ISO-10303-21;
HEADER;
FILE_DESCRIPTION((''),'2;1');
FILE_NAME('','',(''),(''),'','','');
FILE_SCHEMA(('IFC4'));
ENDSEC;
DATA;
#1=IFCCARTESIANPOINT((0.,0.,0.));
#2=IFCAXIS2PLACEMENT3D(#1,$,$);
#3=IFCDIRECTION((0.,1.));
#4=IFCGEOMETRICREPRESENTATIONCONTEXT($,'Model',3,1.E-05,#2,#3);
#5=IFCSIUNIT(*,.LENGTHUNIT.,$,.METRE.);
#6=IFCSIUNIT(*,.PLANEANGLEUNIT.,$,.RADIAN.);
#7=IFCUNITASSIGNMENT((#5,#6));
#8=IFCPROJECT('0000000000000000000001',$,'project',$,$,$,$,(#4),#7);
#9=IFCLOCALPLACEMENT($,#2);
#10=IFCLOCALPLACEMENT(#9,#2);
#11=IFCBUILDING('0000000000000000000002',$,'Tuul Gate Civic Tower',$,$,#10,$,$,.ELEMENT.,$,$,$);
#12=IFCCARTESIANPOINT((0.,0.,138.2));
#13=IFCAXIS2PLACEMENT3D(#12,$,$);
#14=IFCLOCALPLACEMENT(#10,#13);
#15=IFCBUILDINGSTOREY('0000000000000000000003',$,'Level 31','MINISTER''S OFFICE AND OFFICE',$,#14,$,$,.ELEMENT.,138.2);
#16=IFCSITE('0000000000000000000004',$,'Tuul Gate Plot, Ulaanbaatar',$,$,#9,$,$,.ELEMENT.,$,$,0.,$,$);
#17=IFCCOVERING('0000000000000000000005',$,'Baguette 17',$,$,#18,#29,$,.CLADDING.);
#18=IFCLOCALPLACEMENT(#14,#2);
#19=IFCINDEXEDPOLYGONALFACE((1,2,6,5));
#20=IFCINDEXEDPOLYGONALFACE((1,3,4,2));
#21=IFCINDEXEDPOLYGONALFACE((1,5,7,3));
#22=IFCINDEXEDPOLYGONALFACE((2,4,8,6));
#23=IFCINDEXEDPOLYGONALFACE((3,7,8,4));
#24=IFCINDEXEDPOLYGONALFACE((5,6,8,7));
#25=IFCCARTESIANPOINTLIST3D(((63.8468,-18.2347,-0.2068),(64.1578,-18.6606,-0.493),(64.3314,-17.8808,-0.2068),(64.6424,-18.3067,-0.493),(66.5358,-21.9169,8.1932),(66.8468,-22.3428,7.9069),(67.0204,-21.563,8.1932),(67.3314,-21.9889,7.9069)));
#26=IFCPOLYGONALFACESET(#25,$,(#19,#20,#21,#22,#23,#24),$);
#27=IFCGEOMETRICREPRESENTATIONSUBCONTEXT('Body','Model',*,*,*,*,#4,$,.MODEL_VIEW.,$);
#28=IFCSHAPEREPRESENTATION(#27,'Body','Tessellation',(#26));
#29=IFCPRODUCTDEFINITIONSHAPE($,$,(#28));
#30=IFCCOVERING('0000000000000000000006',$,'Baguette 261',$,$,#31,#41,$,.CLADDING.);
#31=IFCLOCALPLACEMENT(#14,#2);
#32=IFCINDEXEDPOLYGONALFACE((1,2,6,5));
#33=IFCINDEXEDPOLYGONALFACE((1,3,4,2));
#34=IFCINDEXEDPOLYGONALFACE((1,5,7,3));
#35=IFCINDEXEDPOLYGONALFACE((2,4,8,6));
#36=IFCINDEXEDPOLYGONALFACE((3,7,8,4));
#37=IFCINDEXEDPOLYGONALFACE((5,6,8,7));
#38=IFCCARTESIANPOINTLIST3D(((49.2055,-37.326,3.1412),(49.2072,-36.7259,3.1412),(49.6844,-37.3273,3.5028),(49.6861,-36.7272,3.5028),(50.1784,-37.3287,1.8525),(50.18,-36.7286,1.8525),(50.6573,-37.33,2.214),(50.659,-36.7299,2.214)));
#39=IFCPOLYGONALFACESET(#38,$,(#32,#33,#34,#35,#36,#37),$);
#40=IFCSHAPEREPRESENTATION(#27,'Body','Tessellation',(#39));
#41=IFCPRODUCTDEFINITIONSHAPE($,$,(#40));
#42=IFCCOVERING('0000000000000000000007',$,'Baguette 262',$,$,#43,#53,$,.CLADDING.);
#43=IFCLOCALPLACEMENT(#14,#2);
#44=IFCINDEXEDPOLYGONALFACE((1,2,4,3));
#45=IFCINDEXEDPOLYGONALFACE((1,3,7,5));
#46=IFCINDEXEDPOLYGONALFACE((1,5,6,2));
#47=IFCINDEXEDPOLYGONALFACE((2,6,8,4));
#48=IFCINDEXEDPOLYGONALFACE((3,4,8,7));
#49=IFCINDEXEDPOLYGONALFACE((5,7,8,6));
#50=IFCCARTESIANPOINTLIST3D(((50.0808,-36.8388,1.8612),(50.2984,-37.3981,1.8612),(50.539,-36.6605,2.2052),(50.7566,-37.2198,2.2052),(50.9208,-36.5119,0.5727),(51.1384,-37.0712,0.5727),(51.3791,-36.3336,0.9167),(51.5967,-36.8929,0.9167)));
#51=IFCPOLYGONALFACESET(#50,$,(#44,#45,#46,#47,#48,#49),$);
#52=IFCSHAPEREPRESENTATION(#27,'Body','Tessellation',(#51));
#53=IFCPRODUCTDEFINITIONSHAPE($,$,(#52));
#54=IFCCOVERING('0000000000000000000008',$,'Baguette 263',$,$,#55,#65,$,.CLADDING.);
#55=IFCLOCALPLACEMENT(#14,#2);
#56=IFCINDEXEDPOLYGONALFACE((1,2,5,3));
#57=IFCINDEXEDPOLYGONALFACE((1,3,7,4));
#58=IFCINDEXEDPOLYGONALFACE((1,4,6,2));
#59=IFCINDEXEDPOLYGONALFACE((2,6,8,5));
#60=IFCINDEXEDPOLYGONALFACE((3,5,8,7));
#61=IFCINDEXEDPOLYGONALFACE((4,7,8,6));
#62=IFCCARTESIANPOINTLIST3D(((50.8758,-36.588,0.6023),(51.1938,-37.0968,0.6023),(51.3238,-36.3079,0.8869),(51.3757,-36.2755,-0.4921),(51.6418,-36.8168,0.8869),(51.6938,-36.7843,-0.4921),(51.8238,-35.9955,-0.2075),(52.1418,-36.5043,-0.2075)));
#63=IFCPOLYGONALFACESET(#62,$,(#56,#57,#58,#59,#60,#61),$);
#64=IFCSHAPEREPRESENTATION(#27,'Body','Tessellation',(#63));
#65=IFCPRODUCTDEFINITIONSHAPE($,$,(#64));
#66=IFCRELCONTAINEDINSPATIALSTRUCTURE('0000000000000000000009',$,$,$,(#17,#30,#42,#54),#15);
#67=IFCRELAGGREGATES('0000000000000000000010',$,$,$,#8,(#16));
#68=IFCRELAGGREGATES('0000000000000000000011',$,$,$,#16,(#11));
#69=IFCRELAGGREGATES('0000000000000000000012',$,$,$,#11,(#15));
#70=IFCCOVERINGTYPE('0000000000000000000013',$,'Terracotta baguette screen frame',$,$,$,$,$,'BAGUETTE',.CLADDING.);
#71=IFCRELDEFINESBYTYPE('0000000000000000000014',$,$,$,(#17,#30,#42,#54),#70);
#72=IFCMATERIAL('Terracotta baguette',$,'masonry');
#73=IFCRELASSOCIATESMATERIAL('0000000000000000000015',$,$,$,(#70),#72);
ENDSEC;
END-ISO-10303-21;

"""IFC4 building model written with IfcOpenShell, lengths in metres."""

from ifc_helpers import new_model, si_unit, direction, frame, origin, origin_2d, place, context, subcontext, project, spatial, rectangle, extrude, material, material_profile, profile_set, type_object, element, save


model = new_model("IFC4")

# Units and contexts
model_context = context("Model", 3, precision=1e-05, world=origin(), true_north=direction((0.0, 1.0)))
body_context = subcontext(model_context, "Body", "Model", "MODEL_VIEW")
ifc_project = project(units=[si_unit("LENGTHUNIT", "METRE"), si_unit("PLANEANGLEUNIT", "RADIAN")], contexts=[model_context])

# Site, building, storey
site_placement = place(None, origin())
site = spatial("IfcSite", under=ifc_project, at=site_placement, Name="Tuul Gate Plot, Ulaanbaatar", CompositionType="ELEMENT", RefElevation=0.0)
building_placement = place(site_placement, origin())
building = spatial("IfcBuilding", under=site, at=building_placement, Name="Tuul Gate Civic Tower", CompositionType="ELEMENT")
storey_placement = place(building_placement, frame((0.0, 0.0, 138.2)))
storey = spatial("IfcBuildingStorey", under=building, at=storey_placement, Name="Level 31", Description="MINISTER'S OFFICE AND OFFICE", CompositionType="ELEMENT", Elevation=138.2)

# Coverings
ifc_material_1 = material(Name="Terracotta baguette", Category="masonry")
ifc_material_profile_1 = material_profile(ifc_material_1, rectangle(XDim=0.6001, YDim=0.6001, at=origin_2d()), Name="Terracotta baguette screen frame")
ifc_profile_set_1 = profile_set([ifc_material_profile_1], Name="Terracotta baguette")
covering_type = type_object("IfcCoveringType", Name="Terracotta baguette screen frame", ElementType="BAGUETTE", PredefinedType="CLADDING", material=ifc_profile_set_1)
covering_1_placement = place(storey_placement, frame((66.9336, -21.9529, 8.05), z_axis=(-0.281344, 0.385258, -0.878875), x_axis=(-0.807581, -0.589756, 0.0)))
element("IfcCovering", 1, at=covering_1_placement, inside=storey, type_object=covering_type, Name="Baguette 17", PredefinedType="CLADDING", context=body_context, shape_type="SweptSolid", body=[
    extrude(rectangle(XDim=0.6001, YDim=0.6001, at=origin_2d()), origin(), (0.0, 0.0, 1.0), 9.5576),
])
covering_2_placement = place(storey_placement, frame((49.4458, -37.0266, 3.322), z_axis=(0.602488, -0.001663, -0.798126), x_axis=(0.00276, 0.999996, 0.0)))
element("IfcCovering", 2, at=covering_2_placement, inside=storey, type_object=covering_type, Name="Baguette 261", PredefinedType="CLADDING", context=body_context, shape_type="SweptSolid", body=[
    extrude(rectangle(XDim=0.6001, YDim=0.6001, at=origin_2d()), origin(), (0.0, 0.0, 1.0), 1.6147),
])
covering_3_placement = place(storey_placement, frame((50.4187, -37.0293, 2.0332), z_axis=(0.534207, 0.207876, -0.819396), x_axis=(-0.362642, 0.931928, 0.0)))
element("IfcCovering", 3, at=covering_3_placement, inside=storey, type_object=covering_type, Name="Baguette 262", PredefinedType="CLADDING", context=body_context, shape_type="SweptSolid", body=[
    extrude(rectangle(XDim=0.6001, YDim=0.6001, at=origin_2d()), origin(), (0.0, 0.0, 1.0), 1.5725),
])
covering_4_placement = place(storey_placement, frame((51.2588, -36.7024, 0.7446), z_axis=(0.402188, 0.251367, -0.880375), x_axis=(-0.529999, 0.847998, 0.0)))
element("IfcCovering", 4, at=covering_4_placement, inside=storey, type_object=covering_type, Name="Baguette 263", PredefinedType="CLADDING", context=body_context, shape_type="SweptSolid", body=[
    extrude(rectangle(XDim=0.6001, YDim=0.6001, at=origin_2d()), origin(), (0.0, 0.0, 1.0), 1.2432),
])

save(model, "model.ifc")
